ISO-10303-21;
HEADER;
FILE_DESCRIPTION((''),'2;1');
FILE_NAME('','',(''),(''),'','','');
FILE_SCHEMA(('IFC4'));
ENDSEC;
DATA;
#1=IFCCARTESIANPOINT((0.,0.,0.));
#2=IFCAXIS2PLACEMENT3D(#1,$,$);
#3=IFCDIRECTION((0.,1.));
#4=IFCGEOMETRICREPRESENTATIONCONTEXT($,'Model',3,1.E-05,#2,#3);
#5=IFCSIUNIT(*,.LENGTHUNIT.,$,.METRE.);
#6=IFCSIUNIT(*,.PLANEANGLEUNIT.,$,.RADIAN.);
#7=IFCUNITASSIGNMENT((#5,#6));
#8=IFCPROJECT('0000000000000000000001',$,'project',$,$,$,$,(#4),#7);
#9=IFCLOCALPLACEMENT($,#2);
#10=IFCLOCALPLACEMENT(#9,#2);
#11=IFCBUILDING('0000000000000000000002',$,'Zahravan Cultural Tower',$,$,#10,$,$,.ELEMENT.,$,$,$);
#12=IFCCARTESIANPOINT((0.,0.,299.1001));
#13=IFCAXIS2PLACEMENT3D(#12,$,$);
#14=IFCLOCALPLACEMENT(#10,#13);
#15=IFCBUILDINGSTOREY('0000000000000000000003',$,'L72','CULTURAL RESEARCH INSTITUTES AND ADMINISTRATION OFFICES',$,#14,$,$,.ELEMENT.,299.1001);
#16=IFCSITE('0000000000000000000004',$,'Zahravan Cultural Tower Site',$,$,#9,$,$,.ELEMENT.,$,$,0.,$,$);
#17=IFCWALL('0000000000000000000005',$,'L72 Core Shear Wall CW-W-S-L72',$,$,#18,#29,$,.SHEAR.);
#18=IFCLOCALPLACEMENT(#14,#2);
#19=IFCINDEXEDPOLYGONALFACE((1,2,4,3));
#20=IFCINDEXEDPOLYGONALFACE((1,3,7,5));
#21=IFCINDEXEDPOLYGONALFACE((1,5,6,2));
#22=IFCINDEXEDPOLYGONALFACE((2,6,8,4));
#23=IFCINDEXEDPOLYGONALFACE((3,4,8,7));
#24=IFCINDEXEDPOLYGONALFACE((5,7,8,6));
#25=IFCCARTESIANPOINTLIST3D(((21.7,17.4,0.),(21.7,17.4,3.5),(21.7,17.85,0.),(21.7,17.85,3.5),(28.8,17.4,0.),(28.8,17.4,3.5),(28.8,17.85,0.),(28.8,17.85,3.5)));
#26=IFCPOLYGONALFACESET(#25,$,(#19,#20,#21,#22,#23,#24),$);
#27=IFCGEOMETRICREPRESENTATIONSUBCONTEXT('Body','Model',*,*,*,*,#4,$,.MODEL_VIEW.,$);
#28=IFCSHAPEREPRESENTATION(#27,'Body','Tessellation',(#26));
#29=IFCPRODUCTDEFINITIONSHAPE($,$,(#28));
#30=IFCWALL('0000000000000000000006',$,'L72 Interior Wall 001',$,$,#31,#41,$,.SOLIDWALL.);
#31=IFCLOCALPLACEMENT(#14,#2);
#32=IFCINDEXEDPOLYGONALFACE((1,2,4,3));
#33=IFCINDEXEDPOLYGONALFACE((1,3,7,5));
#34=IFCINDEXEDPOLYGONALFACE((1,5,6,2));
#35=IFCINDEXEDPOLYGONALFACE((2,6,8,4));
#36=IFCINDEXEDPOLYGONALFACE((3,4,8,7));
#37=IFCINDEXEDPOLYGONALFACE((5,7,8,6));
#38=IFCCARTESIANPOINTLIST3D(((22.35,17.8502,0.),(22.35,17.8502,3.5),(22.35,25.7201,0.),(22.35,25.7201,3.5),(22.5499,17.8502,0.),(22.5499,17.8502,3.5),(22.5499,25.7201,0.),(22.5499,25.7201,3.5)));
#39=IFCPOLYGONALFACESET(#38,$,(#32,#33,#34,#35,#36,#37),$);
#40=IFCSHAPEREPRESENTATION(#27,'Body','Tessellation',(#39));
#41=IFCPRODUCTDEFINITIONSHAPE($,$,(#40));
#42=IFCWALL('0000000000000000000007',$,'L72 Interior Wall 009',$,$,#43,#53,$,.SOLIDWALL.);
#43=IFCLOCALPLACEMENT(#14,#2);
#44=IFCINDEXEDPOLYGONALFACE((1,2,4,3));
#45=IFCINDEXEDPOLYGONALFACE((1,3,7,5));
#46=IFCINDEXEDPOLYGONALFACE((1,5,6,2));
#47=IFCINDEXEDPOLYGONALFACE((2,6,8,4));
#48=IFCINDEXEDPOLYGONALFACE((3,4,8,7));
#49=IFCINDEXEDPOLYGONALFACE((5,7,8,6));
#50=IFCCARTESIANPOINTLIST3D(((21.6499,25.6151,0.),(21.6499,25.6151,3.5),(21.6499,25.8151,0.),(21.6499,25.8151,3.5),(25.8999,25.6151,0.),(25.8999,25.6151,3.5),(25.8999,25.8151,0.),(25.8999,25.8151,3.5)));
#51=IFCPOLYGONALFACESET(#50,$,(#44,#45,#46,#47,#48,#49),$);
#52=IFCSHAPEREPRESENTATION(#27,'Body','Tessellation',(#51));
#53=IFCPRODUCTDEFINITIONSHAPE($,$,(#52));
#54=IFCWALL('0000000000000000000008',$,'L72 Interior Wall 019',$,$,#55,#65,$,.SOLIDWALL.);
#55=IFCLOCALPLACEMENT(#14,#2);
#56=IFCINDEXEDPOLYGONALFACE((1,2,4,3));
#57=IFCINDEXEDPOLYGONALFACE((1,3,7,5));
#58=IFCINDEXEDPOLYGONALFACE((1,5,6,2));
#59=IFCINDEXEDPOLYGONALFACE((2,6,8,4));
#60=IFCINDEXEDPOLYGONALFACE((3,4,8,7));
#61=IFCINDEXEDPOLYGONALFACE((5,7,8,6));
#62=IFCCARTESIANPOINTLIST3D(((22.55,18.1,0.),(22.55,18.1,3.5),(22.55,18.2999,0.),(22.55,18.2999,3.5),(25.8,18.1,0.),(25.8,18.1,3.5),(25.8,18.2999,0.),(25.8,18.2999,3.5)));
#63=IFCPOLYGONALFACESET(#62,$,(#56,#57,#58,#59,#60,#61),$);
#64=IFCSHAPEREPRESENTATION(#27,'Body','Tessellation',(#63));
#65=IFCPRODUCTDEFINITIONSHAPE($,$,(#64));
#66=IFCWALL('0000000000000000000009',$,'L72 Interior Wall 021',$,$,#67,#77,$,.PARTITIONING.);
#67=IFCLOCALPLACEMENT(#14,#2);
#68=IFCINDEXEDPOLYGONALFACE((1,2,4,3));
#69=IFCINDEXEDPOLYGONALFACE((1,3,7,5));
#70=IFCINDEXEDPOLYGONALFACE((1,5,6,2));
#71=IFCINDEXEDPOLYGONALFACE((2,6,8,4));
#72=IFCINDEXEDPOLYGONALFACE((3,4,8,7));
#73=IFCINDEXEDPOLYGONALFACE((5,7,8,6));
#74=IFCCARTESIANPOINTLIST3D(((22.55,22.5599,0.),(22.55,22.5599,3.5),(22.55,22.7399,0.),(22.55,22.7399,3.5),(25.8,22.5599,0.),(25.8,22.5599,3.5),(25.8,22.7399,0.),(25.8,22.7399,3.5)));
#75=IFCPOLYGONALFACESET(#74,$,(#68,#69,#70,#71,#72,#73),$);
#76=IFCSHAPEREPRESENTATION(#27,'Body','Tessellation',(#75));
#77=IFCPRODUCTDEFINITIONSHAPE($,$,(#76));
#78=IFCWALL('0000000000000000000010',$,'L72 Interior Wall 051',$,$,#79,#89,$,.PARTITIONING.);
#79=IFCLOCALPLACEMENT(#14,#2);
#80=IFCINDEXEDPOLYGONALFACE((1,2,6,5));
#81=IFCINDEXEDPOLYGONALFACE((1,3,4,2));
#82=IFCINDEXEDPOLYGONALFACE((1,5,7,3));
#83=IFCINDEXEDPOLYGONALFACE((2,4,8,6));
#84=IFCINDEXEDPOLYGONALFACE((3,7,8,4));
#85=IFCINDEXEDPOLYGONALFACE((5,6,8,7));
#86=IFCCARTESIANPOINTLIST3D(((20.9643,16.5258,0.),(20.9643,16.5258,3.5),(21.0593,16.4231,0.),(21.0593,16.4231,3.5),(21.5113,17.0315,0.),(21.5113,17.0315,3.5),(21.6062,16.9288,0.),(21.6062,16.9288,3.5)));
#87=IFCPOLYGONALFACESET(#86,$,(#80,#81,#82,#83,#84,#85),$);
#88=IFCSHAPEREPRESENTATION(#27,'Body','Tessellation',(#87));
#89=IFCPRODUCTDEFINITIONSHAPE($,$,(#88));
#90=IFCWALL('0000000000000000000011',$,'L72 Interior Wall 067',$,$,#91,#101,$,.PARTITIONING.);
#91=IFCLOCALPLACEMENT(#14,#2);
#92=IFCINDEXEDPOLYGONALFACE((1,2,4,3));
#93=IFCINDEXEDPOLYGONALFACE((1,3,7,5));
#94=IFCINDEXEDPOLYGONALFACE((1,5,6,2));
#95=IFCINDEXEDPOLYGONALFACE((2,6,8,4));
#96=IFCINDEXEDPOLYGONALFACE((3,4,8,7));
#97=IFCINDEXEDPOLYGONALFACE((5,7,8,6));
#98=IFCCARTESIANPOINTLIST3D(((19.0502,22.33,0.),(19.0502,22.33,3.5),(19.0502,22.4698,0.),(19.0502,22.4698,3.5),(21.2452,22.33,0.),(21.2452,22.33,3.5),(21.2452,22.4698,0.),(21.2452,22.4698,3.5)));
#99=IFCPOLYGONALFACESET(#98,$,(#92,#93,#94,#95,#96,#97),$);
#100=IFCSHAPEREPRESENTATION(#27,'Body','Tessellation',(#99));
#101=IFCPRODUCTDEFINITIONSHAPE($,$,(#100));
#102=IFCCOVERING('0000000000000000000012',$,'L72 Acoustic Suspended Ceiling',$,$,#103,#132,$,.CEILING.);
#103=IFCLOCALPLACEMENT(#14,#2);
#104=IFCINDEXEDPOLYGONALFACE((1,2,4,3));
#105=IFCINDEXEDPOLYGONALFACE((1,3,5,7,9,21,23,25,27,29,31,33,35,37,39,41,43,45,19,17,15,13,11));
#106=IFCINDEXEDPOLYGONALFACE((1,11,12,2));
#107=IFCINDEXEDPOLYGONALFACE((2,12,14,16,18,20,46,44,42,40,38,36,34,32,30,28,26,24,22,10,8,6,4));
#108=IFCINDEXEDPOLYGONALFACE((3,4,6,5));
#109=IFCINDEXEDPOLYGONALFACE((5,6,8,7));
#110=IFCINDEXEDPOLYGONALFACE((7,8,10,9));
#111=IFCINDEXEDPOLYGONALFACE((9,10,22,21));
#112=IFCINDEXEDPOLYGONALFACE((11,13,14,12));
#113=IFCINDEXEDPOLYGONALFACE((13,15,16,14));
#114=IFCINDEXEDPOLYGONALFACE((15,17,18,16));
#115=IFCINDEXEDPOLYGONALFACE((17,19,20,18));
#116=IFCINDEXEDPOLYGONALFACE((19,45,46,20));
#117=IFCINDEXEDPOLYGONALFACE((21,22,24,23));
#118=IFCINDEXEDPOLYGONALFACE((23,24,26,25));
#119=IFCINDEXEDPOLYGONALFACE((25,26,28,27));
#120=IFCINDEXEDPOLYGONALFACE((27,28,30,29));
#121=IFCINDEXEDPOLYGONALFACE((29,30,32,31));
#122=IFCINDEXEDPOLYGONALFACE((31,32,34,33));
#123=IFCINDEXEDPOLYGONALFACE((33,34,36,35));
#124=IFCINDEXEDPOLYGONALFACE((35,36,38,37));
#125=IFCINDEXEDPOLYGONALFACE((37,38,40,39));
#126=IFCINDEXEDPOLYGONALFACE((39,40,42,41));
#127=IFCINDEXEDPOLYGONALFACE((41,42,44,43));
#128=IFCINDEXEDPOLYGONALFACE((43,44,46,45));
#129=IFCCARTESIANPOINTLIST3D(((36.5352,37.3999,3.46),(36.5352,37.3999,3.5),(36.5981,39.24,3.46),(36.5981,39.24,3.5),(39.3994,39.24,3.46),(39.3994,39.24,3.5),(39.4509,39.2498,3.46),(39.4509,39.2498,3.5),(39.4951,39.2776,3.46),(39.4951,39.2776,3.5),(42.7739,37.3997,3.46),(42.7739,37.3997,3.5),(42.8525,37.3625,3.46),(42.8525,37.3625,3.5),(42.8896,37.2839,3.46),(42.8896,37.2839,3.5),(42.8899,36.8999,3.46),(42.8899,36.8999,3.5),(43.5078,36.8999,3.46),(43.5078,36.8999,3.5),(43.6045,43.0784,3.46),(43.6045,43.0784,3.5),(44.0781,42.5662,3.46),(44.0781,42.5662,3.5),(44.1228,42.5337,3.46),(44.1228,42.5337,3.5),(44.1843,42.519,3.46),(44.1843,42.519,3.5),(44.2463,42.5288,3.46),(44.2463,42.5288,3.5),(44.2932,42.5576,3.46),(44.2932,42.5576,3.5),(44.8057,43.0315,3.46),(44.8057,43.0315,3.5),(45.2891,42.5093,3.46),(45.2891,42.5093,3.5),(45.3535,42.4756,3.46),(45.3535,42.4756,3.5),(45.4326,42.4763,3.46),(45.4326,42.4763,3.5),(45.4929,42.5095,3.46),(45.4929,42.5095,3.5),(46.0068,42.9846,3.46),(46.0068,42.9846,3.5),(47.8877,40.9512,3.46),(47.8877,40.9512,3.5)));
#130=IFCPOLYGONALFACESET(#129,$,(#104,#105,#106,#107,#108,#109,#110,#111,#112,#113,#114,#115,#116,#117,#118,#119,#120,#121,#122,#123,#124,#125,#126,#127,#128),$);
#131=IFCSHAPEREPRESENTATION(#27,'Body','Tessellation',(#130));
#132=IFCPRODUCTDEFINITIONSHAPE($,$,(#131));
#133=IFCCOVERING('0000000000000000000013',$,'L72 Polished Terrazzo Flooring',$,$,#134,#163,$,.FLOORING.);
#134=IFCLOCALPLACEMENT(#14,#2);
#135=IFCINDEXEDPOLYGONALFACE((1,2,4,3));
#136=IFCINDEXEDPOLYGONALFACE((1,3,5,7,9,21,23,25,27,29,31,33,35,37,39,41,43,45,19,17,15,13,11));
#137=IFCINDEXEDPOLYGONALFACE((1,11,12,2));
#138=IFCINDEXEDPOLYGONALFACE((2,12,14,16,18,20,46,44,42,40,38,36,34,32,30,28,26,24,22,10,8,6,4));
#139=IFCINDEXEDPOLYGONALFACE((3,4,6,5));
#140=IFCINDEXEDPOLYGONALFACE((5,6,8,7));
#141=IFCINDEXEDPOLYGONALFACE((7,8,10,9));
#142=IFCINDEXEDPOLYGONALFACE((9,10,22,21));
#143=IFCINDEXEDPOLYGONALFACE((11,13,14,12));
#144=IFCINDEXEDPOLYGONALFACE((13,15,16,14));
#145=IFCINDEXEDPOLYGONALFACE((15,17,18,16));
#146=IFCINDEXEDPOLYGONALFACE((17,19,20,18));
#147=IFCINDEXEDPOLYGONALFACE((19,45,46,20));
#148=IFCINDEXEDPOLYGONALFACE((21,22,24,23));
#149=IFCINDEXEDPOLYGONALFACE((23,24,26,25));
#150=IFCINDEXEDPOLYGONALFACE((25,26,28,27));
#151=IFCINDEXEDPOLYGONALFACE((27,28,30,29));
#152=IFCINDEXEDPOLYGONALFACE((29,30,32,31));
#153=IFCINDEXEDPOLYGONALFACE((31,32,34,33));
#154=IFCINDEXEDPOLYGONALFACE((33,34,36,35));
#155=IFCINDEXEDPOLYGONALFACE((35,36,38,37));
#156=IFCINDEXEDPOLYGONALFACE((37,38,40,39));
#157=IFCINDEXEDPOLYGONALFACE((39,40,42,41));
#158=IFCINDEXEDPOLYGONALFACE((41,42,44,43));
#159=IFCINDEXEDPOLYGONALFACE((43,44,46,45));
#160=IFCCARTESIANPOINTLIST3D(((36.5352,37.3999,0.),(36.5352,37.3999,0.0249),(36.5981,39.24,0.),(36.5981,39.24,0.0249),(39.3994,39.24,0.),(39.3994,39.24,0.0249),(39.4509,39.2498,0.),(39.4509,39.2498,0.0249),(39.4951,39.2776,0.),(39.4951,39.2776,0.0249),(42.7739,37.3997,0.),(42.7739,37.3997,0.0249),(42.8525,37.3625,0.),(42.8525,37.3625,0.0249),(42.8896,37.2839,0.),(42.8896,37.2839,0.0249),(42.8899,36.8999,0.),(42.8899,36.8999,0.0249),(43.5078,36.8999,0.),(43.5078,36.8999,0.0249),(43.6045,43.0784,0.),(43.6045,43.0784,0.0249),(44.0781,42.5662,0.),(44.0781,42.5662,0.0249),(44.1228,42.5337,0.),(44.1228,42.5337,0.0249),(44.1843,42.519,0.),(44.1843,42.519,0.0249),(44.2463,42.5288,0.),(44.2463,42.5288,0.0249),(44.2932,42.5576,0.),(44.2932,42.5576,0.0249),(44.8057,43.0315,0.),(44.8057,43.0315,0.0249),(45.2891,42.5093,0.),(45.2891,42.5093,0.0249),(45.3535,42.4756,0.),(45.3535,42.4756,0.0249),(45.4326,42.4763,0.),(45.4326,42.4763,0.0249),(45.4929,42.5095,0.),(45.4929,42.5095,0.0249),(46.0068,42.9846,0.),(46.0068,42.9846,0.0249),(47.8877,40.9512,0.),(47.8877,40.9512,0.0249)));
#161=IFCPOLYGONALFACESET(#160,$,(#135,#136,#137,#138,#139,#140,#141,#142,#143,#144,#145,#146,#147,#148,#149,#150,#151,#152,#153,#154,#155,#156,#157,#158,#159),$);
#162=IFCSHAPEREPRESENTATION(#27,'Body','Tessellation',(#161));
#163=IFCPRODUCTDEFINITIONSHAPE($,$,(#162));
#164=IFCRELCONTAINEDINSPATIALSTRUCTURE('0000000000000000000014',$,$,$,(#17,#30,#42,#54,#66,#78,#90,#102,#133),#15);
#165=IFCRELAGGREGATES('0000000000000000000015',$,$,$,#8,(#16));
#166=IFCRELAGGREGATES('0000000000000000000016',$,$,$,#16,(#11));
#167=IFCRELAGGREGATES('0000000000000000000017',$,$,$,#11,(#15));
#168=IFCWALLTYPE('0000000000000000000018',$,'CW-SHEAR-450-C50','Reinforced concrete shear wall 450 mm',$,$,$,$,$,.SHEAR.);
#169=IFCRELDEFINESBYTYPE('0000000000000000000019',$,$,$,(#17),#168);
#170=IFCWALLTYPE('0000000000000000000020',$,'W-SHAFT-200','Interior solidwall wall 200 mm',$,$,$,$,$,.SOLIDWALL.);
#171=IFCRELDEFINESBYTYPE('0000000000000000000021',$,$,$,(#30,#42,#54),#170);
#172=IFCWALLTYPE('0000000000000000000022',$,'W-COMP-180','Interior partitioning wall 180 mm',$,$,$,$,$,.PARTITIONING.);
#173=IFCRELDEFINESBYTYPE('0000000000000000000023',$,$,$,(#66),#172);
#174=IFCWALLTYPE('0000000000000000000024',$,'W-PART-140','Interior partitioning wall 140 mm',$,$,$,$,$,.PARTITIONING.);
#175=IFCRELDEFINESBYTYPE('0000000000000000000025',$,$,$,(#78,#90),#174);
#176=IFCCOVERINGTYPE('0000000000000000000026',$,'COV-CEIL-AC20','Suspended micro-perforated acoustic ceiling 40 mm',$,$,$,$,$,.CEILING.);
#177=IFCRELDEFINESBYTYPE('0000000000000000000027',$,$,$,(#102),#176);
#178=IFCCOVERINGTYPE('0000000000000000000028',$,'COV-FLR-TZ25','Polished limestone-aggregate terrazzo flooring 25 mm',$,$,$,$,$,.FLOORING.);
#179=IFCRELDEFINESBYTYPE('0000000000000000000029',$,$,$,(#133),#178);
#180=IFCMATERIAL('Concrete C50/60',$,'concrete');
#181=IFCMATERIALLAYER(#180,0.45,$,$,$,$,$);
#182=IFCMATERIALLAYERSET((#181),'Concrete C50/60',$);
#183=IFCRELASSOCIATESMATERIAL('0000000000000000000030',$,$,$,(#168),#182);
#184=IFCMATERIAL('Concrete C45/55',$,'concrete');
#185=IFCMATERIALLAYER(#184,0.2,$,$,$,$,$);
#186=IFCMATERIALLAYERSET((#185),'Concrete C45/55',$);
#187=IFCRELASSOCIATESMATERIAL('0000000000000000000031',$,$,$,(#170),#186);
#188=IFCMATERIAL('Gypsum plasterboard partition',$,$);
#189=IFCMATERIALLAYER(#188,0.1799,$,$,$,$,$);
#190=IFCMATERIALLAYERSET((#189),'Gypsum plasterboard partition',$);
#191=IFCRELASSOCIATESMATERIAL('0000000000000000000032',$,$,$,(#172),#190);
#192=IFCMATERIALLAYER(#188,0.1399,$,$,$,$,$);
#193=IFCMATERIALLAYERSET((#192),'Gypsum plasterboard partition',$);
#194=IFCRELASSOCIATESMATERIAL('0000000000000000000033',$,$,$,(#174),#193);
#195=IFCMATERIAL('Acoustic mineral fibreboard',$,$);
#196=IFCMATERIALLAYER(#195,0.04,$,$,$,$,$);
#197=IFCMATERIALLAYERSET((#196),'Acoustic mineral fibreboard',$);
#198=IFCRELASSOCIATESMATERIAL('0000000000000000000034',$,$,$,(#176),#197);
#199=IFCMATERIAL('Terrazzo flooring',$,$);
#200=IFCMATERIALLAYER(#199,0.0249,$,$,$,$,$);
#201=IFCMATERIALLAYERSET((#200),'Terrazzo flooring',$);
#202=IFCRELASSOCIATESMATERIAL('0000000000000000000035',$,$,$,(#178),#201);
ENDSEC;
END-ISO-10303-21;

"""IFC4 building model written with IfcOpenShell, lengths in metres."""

from ifc_helpers import new_model, si_unit, direction, frame, frame_2d, origin, place, context, subcontext, project, spatial, polyline, rectangle, outline, extrude, source, transform, mapped, material, layer, layer_set, type_object, element, save


model = new_model("IFC4")

# Units and contexts
model_context = context("Model", 3, precision=1e-05, world=origin(), true_north=direction((0.0, 1.0)))
body_context = subcontext(model_context, "Body", "Model", "MODEL_VIEW")
ifc_project = project(units=[si_unit("LENGTHUNIT", "METRE"), si_unit("PLANEANGLEUNIT", "RADIAN")], contexts=[model_context])

# Site, building, storey
site_placement = place(None, origin())
site = spatial("IfcSite", under=ifc_project, at=site_placement, Name="Zahravan Cultural Tower Site", CompositionType="ELEMENT", RefElevation=0.0)
building_placement = place(site_placement, origin())
building = spatial("IfcBuilding", under=site, at=building_placement, Name="Zahravan Cultural Tower", CompositionType="ELEMENT")
storey_placement = place(building_placement, frame((0.0, 0.0, 299.1001)))
storey = spatial("IfcBuildingStorey", under=building, at=storey_placement, Name="L72", Description="CULTURAL RESEARCH INSTITUTES AND ADMINISTRATION OFFICES", CompositionType="ELEMENT", Elevation=299.1001)

# Shared definitions
ifc_material_1 = material(Name="Concrete C50/60", Category="concrete")

# Shared definitions
ifc_material_2 = material(Name="Concrete C45/55", Category="concrete")

# Walls
ifc_layer_1 = layer(ifc_material_1, 0.45)
ifc_layer_set_1 = layer_set([ifc_layer_1], Name="Concrete C50/60")
wall_type_1 = type_object("IfcWallType", Name="CW-SHEAR-450-C50", Description="Reinforced concrete shear wall 450 mm", PredefinedType="SHEAR", material=ifc_layer_set_1)
shared_shape_1 = source(origin(), body_context, "Body", "SweptSolid", [
    extrude(rectangle(XDim=7.1001, YDim=0.45, at=frame_2d((3.55, 0.0))), origin(), (0.0, 0.0, 1.0), 3.5),
])
wall_1_placement = place(storey_placement, frame((21.7, 17.625, 0.0), z_axis=(0.0, 0.0, 1.0), x_axis=(1.0, 0.0, 0.0)))
element("IfcWall", 1, at=wall_1_placement, inside=storey, type_object=wall_type_1, Name="L72 Core Shear Wall CW-W-S-L72", PredefinedType="SHEAR", context=body_context, shape_type="MappedRepresentation", body=[
    mapped(shared_shape_1, transform((0.0, 0.0, 0.0), x_axis=(1.0, 0.0, 0.0), y_axis=(0.0, 1.0, 0.0), z_axis=(0.0, 0.0, 1.0), scale=1.0)),
])
ifc_layer_2 = layer(ifc_material_2, 0.2)
ifc_layer_set_2 = layer_set([ifc_layer_2], Name="Concrete C45/55")
wall_type_2 = type_object("IfcWallType", Name="W-SHAFT-200", Description="Interior solidwall wall 200 mm", PredefinedType="SOLIDWALL", material=ifc_layer_set_2)
shared_shape_2 = source(origin(), body_context, "Body", "SweptSolid", [
    extrude(rectangle(XDim=7.8699, YDim=0.2, at=frame_2d((3.9351, 0.0))), origin(), (0.0, 0.0, 1.0), 3.5),
])
wall_2_placement = place(storey_placement, frame((22.45, 17.8501, 0.0), z_axis=(0.0, 0.0, 1.0), x_axis=(0.0, 1.0, 0.0)))
element("IfcWall", 2, at=wall_2_placement, inside=storey, type_object=wall_type_2, Name="L72 Interior Wall 001", PredefinedType="SOLIDWALL", context=body_context, shape_type="MappedRepresentation", body=[
    mapped(shared_shape_2, transform((0.0, 0.0, 0.0), x_axis=(1.0, 0.0, 0.0), y_axis=(0.0, 1.0, 0.0), z_axis=(0.0, 0.0, 1.0), scale=1.0)),
])
shared_shape_3 = source(origin(), body_context, "Body", "SweptSolid", [
    extrude(rectangle(XDim=4.25, YDim=0.2, at=frame_2d((2.125, 0.0))), origin(), (0.0, 0.0, 1.0), 3.5),
])
wall_3_placement = place(storey_placement, frame((21.6499, 25.7151, 0.0), z_axis=(0.0, 0.0, 1.0), x_axis=(1.0, 0.0, 0.0)))
element("IfcWall", 3, at=wall_3_placement, inside=storey, type_object=wall_type_2, Name="L72 Interior Wall 009", PredefinedType="SOLIDWALL", context=body_context, shape_type="MappedRepresentation", body=[
    mapped(shared_shape_3, transform((0.0, 0.0, 0.0), x_axis=(1.0, 0.0, 0.0), y_axis=(0.0, 1.0, 0.0), z_axis=(0.0, 0.0, 1.0), scale=1.0)),
])
shared_shape_4 = source(origin(), body_context, "Body", "SweptSolid", [
    extrude(rectangle(XDim=3.25, YDim=0.2, at=frame_2d((1.625, 0.0))), origin(), (0.0, 0.0, 1.0), 3.5),
])
wall_4_placement = place(storey_placement, frame((22.55, 18.2, 0.0), z_axis=(0.0, 0.0, 1.0), x_axis=(1.0, 0.0, 0.0)))
element("IfcWall", 4, at=wall_4_placement, inside=storey, type_object=wall_type_2, Name="L72 Interior Wall 019", PredefinedType="SOLIDWALL", context=body_context, shape_type="MappedRepresentation", body=[
    mapped(shared_shape_4, transform((0.0, 0.0, 0.0), x_axis=(1.0, 0.0, 0.0), y_axis=(0.0, 1.0, 0.0), z_axis=(0.0, 0.0, 1.0), scale=1.0)),
])
ifc_material_3 = material(Name="Gypsum plasterboard partition")
ifc_layer_3 = layer(ifc_material_3, 0.1799)
ifc_layer_set_3 = layer_set([ifc_layer_3], Name="Gypsum plasterboard partition")
wall_type_3 = type_object("IfcWallType", Name="W-COMP-180", Description="Interior partitioning wall 180 mm", PredefinedType="PARTITIONING", material=ifc_layer_set_3)
shared_shape_5 = source(origin(), body_context, "Body", "SweptSolid", [
    extrude(rectangle(XDim=3.25, YDim=0.1799, at=frame_2d((1.625, 0.0))), origin(), (0.0, 0.0, 1.0), 3.5),
])
wall_5_placement = place(storey_placement, frame((22.55, 22.6499, 0.0), z_axis=(0.0, 0.0, 1.0), x_axis=(1.0, 0.0, 0.0)))
element("IfcWall", 5, at=wall_5_placement, inside=storey, type_object=wall_type_3, Name="L72 Interior Wall 021", PredefinedType="PARTITIONING", context=body_context, shape_type="MappedRepresentation", body=[
    mapped(shared_shape_5, transform((0.0, 0.0, 0.0), x_axis=(1.0, 0.0, 0.0), y_axis=(0.0, 1.0, 0.0), z_axis=(0.0, 0.0, 1.0), scale=1.0)),
])
ifc_layer_4 = layer(ifc_material_3, 0.1399)
ifc_layer_set_4 = layer_set([ifc_layer_4], Name="Gypsum plasterboard partition")
wall_type_4 = type_object("IfcWallType", Name="W-PART-140", Description="Interior partitioning wall 140 mm", PredefinedType="PARTITIONING", material=ifc_layer_set_4)
shared_shape_6 = source(origin(), body_context, "Body", "SweptSolid", [
    extrude(rectangle(XDim=0.7449, YDim=0.1399, at=frame_2d((0.3726, 0.0))), origin(), (0.0, 0.0, 1.0), 3.5),
])
wall_6_placement = place(storey_placement, frame((21.0117, 16.4744, 0.0), z_axis=(0.0, 0.0, 1.0), x_axis=(0.734263, 0.678865, 0.0)))
element("IfcWall", 6, at=wall_6_placement, inside=storey, type_object=wall_type_4, Name="L72 Interior Wall 051", PredefinedType="PARTITIONING", context=body_context, shape_type="MappedRepresentation", body=[
    mapped(shared_shape_6, transform((0.0, 0.0, 0.0), x_axis=(1.0, 0.0, 0.0), y_axis=(0.0, 1.0, 0.0), z_axis=(0.0, 0.0, 1.0), scale=1.0)),
])
shared_shape_7 = source(origin(), body_context, "Body", "SweptSolid", [
    extrude(rectangle(XDim=2.1951, YDim=0.1399, at=frame_2d((1.0977, 0.0))), origin(), (0.0, 0.0, 1.0), 3.5),
])
wall_7_placement = place(storey_placement, frame((19.05, 22.3999, 0.0), z_axis=(0.0, 0.0, 1.0), x_axis=(1.0, 0.0, 0.0)))
element("IfcWall", 7, at=wall_7_placement, inside=storey, type_object=wall_type_4, Name="L72 Interior Wall 067", PredefinedType="PARTITIONING", context=body_context, shape_type="MappedRepresentation", body=[
    mapped(shared_shape_7, transform((0.0, 0.0, 0.0), x_axis=(1.0, 0.0, 0.0), y_axis=(0.0, 1.0, 0.0), z_axis=(0.0, 0.0, 1.0), scale=1.0)),
])

# Coverings
ifc_material_4 = material(Name="Acoustic mineral fibreboard")
ifc_layer_5 = layer(ifc_material_4, 0.04)
ifc_layer_set_5 = layer_set([ifc_layer_5], Name="Acoustic mineral fibreboard")
covering_type_1 = type_object("IfcCoveringType", Name="COV-CEIL-AC20", Description="Suspended micro-perforated acoustic ceiling 40 mm", PredefinedType="CEILING", material=ifc_layer_set_5)
covering_1_placement = place(storey_placement, frame((0.0, 0.0, 3.46)))
element("IfcCovering", 8, at=covering_1_placement, inside=storey, type_object=covering_type_1, Name="L72 Acoustic Suspended Ceiling", PredefinedType="CEILING", context=body_context, shape_type="SweptSolid", body=[
    extrude(outline(polyline([(46.0068, 42.9846), (45.4929, 42.5095), (45.4326, 42.4763), (45.3535, 42.4756), (45.2891, 42.5093), (44.8057, 43.0315), (44.2932, 42.5576), (44.2463, 42.5288), (44.1843, 42.519), (44.1228, 42.5337), (44.0781, 42.5662), (43.6045, 43.0784), (39.4951, 39.2776), (39.4509, 39.2498), (39.3994, 39.24), (36.5981, 39.24), (36.5352, 37.3999), (42.7739, 37.3997), (42.8525, 37.3625), (42.8896, 37.2839), (42.8899, 36.8999), (43.5078, 36.8999), (47.8877, 40.9512), (46.0068, 42.9846)])), origin(), (0.0, 0.0, 1.0), 0.04),
])
ifc_material_5 = material(Name="Terrazzo flooring")
ifc_layer_6 = layer(ifc_material_5, 0.0249)
ifc_layer_set_6 = layer_set([ifc_layer_6], Name="Terrazzo flooring")
covering_type_2 = type_object("IfcCoveringType", Name="COV-FLR-TZ25", Description="Polished limestone-aggregate terrazzo flooring 25 mm", PredefinedType="FLOORING", material=ifc_layer_set_6)
covering_2_placement = place(storey_placement, origin())
element("IfcCovering", 9, at=covering_2_placement, inside=storey, type_object=covering_type_2, Name="L72 Polished Terrazzo Flooring", PredefinedType="FLOORING", context=body_context, shape_type="SweptSolid", body=[
    extrude(outline(polyline([(46.0068, 42.9846), (45.4929, 42.5095), (45.4326, 42.4763), (45.3535, 42.4756), (45.2891, 42.5093), (44.8057, 43.0315), (44.2932, 42.5576), (44.2463, 42.5288), (44.1843, 42.519), (44.1228, 42.5337), (44.0781, 42.5662), (43.6045, 43.0784), (39.4951, 39.2776), (39.4509, 39.2498), (39.3994, 39.24), (36.5981, 39.24), (36.5352, 37.3999), (42.7739, 37.3997), (42.8525, 37.3625), (42.8896, 37.2839), (42.8899, 36.8999), (43.5078, 36.8999), (47.8877, 40.9512), (46.0068, 42.9846)])), origin(), (0.0, 0.0, 1.0), 0.0249),
])

save(model, "model.ifc")
